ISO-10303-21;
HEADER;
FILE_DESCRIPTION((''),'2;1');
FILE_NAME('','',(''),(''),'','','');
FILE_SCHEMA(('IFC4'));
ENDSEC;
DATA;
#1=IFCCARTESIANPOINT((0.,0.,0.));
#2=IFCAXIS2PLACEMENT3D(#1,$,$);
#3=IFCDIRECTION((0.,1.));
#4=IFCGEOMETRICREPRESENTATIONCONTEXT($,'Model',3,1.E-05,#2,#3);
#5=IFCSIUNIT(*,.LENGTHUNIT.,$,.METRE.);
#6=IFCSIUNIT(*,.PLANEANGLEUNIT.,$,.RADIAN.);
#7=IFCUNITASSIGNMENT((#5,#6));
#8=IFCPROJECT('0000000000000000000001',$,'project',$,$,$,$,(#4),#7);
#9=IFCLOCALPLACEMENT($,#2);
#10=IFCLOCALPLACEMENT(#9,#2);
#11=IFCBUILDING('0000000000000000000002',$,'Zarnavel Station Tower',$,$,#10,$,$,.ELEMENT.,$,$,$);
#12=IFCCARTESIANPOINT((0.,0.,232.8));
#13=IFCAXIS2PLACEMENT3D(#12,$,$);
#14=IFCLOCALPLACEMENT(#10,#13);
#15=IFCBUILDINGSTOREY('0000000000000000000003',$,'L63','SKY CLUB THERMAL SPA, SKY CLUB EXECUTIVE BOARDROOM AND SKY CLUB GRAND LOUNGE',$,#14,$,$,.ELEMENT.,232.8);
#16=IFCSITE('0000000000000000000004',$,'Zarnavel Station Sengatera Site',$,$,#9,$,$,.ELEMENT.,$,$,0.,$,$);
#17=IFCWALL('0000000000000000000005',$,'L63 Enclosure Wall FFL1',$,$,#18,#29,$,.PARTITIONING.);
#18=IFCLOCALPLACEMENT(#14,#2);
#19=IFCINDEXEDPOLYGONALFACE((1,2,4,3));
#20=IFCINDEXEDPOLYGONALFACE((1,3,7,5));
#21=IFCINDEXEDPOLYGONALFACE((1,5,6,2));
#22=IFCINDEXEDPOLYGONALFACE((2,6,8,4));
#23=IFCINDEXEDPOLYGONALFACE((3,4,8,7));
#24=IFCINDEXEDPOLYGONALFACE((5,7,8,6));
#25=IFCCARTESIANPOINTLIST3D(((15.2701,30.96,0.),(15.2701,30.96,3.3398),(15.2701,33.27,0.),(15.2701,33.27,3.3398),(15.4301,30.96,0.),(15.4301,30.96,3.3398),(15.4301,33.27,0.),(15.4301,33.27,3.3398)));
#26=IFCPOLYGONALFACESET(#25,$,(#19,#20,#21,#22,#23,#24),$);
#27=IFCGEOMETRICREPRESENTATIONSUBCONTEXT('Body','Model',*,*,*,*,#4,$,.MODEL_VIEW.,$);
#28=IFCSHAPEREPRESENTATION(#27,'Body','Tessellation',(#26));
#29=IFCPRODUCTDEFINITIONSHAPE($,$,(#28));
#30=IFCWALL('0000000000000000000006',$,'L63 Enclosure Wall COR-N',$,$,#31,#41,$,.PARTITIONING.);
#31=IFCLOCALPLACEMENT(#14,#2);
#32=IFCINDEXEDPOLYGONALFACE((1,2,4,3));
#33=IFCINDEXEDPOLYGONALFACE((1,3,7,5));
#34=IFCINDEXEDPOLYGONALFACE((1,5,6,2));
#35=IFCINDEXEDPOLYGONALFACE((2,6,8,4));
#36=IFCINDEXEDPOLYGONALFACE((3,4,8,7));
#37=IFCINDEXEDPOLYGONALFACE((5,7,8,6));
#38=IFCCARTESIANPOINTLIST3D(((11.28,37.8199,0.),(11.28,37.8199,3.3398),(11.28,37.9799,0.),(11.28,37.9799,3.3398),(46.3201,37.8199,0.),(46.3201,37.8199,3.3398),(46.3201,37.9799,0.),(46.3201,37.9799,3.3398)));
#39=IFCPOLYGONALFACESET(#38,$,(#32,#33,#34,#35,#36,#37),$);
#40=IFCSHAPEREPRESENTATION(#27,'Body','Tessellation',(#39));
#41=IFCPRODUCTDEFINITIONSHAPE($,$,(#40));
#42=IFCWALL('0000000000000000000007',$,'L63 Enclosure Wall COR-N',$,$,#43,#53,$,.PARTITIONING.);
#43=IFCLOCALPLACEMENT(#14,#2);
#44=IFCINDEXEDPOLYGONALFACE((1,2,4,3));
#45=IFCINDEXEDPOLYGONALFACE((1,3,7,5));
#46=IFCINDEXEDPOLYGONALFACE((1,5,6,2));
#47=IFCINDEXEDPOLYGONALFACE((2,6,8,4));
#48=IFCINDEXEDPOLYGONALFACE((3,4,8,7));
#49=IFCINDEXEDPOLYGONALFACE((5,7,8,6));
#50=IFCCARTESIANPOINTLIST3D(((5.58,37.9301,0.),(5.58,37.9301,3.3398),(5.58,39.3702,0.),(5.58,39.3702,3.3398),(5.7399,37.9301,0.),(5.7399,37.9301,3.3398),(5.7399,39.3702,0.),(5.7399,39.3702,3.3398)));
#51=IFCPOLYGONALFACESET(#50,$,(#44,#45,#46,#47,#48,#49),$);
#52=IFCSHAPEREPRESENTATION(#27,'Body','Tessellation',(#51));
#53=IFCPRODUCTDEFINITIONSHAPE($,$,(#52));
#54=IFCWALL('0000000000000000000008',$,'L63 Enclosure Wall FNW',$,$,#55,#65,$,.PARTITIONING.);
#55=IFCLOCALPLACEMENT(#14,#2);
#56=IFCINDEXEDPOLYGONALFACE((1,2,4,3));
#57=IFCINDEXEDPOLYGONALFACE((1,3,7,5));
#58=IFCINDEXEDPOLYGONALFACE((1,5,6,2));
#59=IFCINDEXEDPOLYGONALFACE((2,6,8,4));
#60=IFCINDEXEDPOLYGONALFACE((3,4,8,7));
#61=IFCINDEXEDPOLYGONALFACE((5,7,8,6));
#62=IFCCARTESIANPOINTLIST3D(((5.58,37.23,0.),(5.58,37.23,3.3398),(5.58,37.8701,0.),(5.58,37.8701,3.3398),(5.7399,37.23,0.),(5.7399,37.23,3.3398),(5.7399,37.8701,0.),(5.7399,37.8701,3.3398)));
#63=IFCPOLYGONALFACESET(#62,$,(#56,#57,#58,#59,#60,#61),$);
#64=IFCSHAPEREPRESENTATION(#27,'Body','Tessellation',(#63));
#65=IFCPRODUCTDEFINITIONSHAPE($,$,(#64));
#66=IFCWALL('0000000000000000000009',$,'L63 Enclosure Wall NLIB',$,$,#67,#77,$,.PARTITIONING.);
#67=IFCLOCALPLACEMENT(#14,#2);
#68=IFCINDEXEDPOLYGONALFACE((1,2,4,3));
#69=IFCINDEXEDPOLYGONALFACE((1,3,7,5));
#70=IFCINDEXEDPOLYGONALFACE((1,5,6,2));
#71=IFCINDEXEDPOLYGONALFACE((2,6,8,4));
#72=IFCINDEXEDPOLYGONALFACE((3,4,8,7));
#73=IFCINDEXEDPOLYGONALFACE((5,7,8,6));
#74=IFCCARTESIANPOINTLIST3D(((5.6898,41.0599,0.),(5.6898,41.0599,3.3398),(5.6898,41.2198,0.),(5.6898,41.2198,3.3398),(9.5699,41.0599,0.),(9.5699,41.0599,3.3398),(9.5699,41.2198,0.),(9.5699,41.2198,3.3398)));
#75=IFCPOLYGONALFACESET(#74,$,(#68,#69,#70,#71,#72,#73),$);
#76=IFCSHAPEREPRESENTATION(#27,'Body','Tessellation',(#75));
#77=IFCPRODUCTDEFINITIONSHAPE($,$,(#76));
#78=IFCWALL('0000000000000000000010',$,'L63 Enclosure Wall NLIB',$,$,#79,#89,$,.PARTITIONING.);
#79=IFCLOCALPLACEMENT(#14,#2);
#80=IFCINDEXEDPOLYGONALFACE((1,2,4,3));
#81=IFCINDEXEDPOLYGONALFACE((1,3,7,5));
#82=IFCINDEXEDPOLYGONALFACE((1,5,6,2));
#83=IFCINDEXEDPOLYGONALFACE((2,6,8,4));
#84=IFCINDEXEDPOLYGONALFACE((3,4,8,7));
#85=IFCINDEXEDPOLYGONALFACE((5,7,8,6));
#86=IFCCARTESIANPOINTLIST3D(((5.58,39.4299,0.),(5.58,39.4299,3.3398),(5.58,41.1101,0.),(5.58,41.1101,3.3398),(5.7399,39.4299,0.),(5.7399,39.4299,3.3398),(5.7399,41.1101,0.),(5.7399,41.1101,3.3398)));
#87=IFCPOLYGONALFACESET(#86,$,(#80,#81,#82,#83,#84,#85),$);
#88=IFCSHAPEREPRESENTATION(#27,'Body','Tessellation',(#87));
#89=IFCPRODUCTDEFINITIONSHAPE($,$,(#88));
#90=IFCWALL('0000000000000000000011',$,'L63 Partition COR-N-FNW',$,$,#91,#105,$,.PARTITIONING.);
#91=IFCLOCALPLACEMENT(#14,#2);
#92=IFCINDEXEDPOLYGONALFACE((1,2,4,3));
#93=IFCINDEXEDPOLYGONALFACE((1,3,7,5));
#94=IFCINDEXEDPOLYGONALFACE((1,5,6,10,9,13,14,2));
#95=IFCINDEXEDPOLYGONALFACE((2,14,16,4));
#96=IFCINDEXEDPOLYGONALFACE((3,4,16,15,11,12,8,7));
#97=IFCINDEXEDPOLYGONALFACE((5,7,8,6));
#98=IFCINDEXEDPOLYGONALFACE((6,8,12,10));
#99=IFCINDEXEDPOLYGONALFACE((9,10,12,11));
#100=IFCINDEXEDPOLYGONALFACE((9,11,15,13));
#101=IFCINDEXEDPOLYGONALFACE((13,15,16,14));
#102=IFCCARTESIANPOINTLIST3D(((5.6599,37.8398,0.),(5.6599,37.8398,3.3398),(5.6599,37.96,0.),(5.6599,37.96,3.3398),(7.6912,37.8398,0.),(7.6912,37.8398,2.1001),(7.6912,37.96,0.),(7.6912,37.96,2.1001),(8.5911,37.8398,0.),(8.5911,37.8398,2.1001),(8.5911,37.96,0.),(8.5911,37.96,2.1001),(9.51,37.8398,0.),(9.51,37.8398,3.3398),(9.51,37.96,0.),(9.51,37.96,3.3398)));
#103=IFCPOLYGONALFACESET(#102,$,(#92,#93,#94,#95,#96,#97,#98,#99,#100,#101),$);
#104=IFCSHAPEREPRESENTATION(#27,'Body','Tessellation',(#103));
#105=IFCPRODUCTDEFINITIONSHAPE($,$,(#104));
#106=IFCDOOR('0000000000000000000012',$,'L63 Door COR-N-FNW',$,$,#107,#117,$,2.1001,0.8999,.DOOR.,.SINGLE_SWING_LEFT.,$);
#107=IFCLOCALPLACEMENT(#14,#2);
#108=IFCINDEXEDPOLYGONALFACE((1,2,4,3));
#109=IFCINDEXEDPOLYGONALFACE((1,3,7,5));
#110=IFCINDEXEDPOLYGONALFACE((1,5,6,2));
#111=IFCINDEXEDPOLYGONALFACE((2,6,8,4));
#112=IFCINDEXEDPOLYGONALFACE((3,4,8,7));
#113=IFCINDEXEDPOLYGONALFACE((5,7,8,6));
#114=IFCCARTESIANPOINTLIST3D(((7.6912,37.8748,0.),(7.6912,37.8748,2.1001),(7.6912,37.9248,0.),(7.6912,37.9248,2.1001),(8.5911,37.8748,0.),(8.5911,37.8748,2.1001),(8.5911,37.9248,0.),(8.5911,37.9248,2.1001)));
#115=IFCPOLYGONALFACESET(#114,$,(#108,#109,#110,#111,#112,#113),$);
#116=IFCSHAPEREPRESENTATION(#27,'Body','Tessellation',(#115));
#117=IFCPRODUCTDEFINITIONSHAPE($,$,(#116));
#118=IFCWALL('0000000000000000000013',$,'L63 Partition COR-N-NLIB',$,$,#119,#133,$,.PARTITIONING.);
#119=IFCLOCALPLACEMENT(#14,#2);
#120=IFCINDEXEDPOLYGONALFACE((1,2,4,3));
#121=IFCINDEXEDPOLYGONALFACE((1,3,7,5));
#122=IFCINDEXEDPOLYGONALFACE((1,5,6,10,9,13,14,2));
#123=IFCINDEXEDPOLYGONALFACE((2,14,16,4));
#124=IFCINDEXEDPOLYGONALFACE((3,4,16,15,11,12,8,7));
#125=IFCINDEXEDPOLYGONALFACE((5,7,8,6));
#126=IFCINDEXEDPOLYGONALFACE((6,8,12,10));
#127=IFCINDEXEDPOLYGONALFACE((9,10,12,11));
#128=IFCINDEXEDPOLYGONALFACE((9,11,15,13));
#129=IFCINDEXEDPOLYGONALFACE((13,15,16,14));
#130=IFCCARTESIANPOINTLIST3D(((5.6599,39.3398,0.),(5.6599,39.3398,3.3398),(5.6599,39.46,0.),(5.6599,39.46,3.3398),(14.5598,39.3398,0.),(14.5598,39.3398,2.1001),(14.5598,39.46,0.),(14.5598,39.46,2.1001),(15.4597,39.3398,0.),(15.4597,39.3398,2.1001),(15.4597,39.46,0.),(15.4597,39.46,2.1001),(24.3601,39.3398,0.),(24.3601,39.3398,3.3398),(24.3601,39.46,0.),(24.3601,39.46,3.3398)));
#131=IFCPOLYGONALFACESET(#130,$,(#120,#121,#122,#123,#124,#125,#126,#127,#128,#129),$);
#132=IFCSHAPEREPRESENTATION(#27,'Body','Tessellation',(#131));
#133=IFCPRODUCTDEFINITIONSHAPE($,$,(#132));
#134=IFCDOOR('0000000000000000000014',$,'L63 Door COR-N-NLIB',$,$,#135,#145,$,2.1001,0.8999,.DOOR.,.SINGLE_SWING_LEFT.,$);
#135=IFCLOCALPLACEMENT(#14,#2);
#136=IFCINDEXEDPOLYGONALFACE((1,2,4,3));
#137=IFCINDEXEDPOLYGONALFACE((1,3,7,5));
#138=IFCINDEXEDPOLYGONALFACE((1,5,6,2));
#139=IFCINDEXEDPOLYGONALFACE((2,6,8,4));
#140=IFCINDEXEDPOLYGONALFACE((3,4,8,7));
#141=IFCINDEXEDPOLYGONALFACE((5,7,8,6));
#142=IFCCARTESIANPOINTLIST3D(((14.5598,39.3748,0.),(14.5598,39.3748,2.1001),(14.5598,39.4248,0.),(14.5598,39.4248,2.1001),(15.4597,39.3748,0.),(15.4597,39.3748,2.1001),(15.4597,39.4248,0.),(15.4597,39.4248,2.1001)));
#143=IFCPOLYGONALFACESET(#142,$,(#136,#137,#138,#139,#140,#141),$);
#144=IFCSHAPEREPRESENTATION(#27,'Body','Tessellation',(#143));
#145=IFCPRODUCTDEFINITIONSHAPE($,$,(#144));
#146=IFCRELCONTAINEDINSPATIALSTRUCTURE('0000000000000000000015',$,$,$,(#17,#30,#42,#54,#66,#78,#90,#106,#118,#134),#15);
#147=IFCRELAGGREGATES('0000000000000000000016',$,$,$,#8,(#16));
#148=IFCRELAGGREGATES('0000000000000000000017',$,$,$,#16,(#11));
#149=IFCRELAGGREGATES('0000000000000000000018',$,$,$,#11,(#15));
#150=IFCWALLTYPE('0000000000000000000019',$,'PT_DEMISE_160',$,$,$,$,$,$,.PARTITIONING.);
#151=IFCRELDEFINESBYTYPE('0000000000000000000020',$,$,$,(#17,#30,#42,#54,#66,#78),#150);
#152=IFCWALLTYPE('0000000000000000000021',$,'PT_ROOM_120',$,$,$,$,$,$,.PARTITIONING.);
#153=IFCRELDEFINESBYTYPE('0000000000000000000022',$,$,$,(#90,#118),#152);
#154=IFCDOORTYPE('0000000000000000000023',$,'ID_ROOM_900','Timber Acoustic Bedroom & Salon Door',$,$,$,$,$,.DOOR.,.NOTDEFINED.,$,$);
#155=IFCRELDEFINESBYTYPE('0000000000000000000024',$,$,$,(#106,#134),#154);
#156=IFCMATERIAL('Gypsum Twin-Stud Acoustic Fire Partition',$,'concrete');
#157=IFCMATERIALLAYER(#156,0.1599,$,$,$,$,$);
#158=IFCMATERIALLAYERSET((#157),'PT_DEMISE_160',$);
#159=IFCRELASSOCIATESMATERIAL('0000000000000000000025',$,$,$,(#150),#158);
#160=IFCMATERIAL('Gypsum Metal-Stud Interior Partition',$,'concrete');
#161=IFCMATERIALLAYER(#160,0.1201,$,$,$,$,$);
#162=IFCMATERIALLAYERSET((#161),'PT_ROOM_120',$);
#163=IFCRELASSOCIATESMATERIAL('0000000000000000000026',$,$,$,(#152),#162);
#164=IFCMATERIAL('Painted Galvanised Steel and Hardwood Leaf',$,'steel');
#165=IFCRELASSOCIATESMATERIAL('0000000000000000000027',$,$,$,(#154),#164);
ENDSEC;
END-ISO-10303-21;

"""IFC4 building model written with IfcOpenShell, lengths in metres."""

from ifc_helpers import new_model, si_unit, direction, frame, frame_2d, origin, place, context, subcontext, project, spatial, rectangle, extrude, material, layer, layer_set, type_object, element, fill, save


model = new_model("IFC4")

# Units and contexts
model_context = context("Model", 3, precision=1e-05, world=origin(), true_north=direction((0.0, 1.0)))
body_context = subcontext(model_context, "Body", "Model", "MODEL_VIEW")
ifc_project = project(units=[si_unit("LENGTHUNIT", "METRE"), si_unit("PLANEANGLEUNIT", "RADIAN")], contexts=[model_context])

# Site, building, storey
site_placement = place(None, origin())
site = spatial("IfcSite", under=ifc_project, at=site_placement, Name="Zarnavel Station Sengatera Site", CompositionType="ELEMENT", RefElevation=0.0)
building_placement = place(site_placement, origin())
building = spatial("IfcBuilding", under=site, at=building_placement, Name="Zarnavel Station Tower", CompositionType="ELEMENT")
storey_placement = place(building_placement, frame((0.0, 0.0, 232.8)))
storey = spatial("IfcBuildingStorey", under=building, at=storey_placement, Name="L63", Description="SKY CLUB THERMAL SPA, SKY CLUB EXECUTIVE BOARDROOM AND SKY CLUB GRAND LOUNGE", CompositionType="ELEMENT", Elevation=232.8)

# Walls
ifc_material_1 = material(Name="Gypsum Twin-Stud Acoustic Fire Partition", Category="concrete")
ifc_layer_1 = layer(ifc_material_1, 0.1599)
ifc_layer_set_1 = layer_set([ifc_layer_1], Name="PT_DEMISE_160")
wall_type_1 = type_object("IfcWallType", Name="PT_DEMISE_160", PredefinedType="PARTITIONING", material=ifc_layer_set_1)
wall_1_placement = place(storey_placement, frame((15.3501, 30.96, 0.0), z_axis=(0.0, 0.0, 1.0), x_axis=(0.0, 1.0, 0.0)))
element("IfcWall", 1, at=wall_1_placement, inside=storey, type_object=wall_type_1, Name="L63 Enclosure Wall FFL1", PredefinedType="PARTITIONING", context=body_context, shape_type="SweptSolid", body=[
    extrude(rectangle(XDim=2.3101, YDim=0.1599, at=frame_2d((1.155, 0.0))), origin(), (0.0, 0.0, 1.0), 3.3398),
])
wall_2_placement = place(storey_placement, frame((11.28, 37.8999, 0.0), z_axis=(0.0, 0.0, 1.0), x_axis=(1.0, 0.0, 0.0)))
element("IfcWall", 2, at=wall_2_placement, inside=storey, type_object=wall_type_1, Name="L63 Enclosure Wall COR-N", PredefinedType="PARTITIONING", context=body_context, shape_type="SweptSolid", body=[
    extrude(rectangle(XDim=35.04, YDim=0.1599, at=frame_2d((17.52, 0.0))), origin(), (0.0, 0.0, 1.0), 3.3398),
])
wall_3_placement = place(storey_placement, frame((5.6599, 37.9299, 0.0), z_axis=(0.0, 0.0, 1.0), x_axis=(0.0, 1.0, 0.0)))
element("IfcWall", 3, at=wall_3_placement, inside=storey, type_object=wall_type_1, Name="L63 Enclosure Wall COR-N", PredefinedType="PARTITIONING", context=body_context, shape_type="SweptSolid", body=[
    extrude(rectangle(XDim=1.4402, YDim=0.1599, at=frame_2d((0.7202, 0.0))), origin(), (0.0, 0.0, 1.0), 3.3398),
])
wall_4_placement = place(storey_placement, frame((5.6599, 37.23, 0.0), z_axis=(0.0, 0.0, 1.0), x_axis=(0.0, 1.0, 0.0)))
element("IfcWall", 4, at=wall_4_placement, inside=storey, type_object=wall_type_1, Name="L63 Enclosure Wall FNW", PredefinedType="PARTITIONING", context=body_context, shape_type="SweptSolid", body=[
    extrude(rectangle(XDim=0.6401, YDim=0.1599, at=frame_2d((0.3201, 0.0))), origin(), (0.0, 0.0, 1.0), 3.3398),
])
wall_5_placement = place(storey_placement, frame((5.6899, 41.1399, 0.0), z_axis=(0.0, 0.0, 1.0), x_axis=(1.0, 0.0, 0.0)))
element("IfcWall", 5, at=wall_5_placement, inside=storey, type_object=wall_type_1, Name="L63 Enclosure Wall NLIB", PredefinedType="PARTITIONING", context=body_context, shape_type="SweptSolid", body=[
    extrude(rectangle(XDim=3.8801, YDim=0.1599, at=frame_2d((1.9399, 0.0))), origin(), (0.0, 0.0, 1.0), 3.3398),
])
wall_6_placement = place(storey_placement, frame((5.6599, 39.4299, 0.0), z_axis=(0.0, 0.0, 1.0), x_axis=(0.0, 1.0, 0.0)))
element("IfcWall", 6, at=wall_6_placement, inside=storey, type_object=wall_type_1, Name="L63 Enclosure Wall NLIB", PredefinedType="PARTITIONING", context=body_context, shape_type="SweptSolid", body=[
    extrude(rectangle(XDim=1.6802, YDim=0.1599, at=frame_2d((0.8401, 0.0))), origin(), (0.0, 0.0, 1.0), 3.3398),
])

# Walls, openings, doors
ifc_material_2 = material(Name="Gypsum Metal-Stud Interior Partition", Category="concrete")
ifc_layer_2 = layer(ifc_material_2, 0.1201)
ifc_layer_set_2 = layer_set([ifc_layer_2], Name="PT_ROOM_120")
wall_type_2 = type_object("IfcWallType", Name="PT_ROOM_120", PredefinedType="PARTITIONING", material=ifc_layer_set_2)
wall_7_placement = place(storey_placement, frame((5.6599, 37.8999, 0.0), z_axis=(0.0, 0.0, 1.0), x_axis=(1.0, 0.0, 0.0)))
wall_7 = element("IfcWall", 7, at=wall_7_placement, inside=storey, type_object=wall_type_2, Name="L63 Partition COR-N-FNW", PredefinedType="PARTITIONING", context=body_context, shape_type="SweptSolid", body=[
    extrude(rectangle(XDim=3.8501, YDim=0.1201, at=frame_2d((1.925, 0.0))), origin(), (0.0, 0.0, 1.0), 3.3398),
])
opening_1_placement = place(wall_7_placement, frame((2.0312, 0.0, 0.0)))
opening_1 = element("IfcOpeningElement", 8, at=opening_1_placement, cuts=wall_7, PredefinedType="OPENING", context=body_context, shape_type="SweptSolid", body=[
    extrude(rectangle(XDim=0.8999, YDim=2.1001, at=frame_2d((0.45, 1.05))), frame((0.0, 0.0701, 0.0), z_axis=(0.0, -1.0, 0.0), x_axis=(1.0, 0.0, 0.0)), (0.0, 0.0, 1.0), 0.1401),
])
ifc_material_3 = material(Name="Painted Galvanised Steel and Hardwood Leaf", Category="steel")
door_type = type_object("IfcDoorType", Name="ID_ROOM_900", Description="Timber Acoustic Bedroom & Salon Door", OperationType="NOTDEFINED", PredefinedType="DOOR", material=ifc_material_3)
door_1_placement = place(opening_1_placement, origin())
door_1 = element("IfcDoor", 9, at=door_1_placement, inside=storey, type_object=door_type, Name="L63 Door COR-N-FNW", OperationType="SINGLE_SWING_LEFT", OverallHeight=2.1001, OverallWidth=0.8999, PredefinedType="DOOR", context=body_context, shape_type="SweptSolid", body=[
    extrude(rectangle(XDim=0.8999, YDim=2.1001, at=frame_2d((0.45, 1.05))), frame((0.0, 0.0249, 0.0), z_axis=(0.0, -1.0, 0.0), x_axis=(1.0, 0.0, 0.0)), (0.0, 0.0, 1.0), 0.05),
])
fill(opening_1, door_1)
wall_8_placement = place(storey_placement, frame((5.6599, 39.3999, 0.0), z_axis=(0.0, 0.0, 1.0), x_axis=(1.0, 0.0, 0.0)))
wall_8 = element("IfcWall", 10, at=wall_8_placement, inside=storey, type_object=wall_type_2, Name="L63 Partition COR-N-NLIB", PredefinedType="PARTITIONING", context=body_context, shape_type="SweptSolid", body=[
    extrude(rectangle(XDim=18.7002, YDim=0.1201, at=frame_2d((9.3501, 0.0))), origin(), (0.0, 0.0, 1.0), 3.3398),
])
opening_2_placement = place(wall_8_placement, frame((8.8999, 0.0, 0.0)))
opening_2 = element("IfcOpeningElement", 11, at=opening_2_placement, cuts=wall_8, PredefinedType="OPENING", context=body_context, shape_type="SweptSolid", body=[
    extrude(rectangle(XDim=0.8999, YDim=2.1001, at=frame_2d((0.45, 1.05))), frame((0.0, 0.0701, 0.0), z_axis=(0.0, -1.0, 0.0), x_axis=(1.0, 0.0, 0.0)), (0.0, 0.0, 1.0), 0.1401),
])
door_2_placement = place(opening_2_placement, origin())
door_2 = element("IfcDoor", 12, at=door_2_placement, inside=storey, type_object=door_type, Name="L63 Door COR-N-NLIB", OperationType="SINGLE_SWING_LEFT", OverallHeight=2.1001, OverallWidth=0.8999, PredefinedType="DOOR", context=body_context, shape_type="SweptSolid", body=[
    extrude(rectangle(XDim=0.8999, YDim=2.1001, at=frame_2d((0.45, 1.05))), frame((0.0, 0.0249, 0.0), z_axis=(0.0, -1.0, 0.0), x_axis=(1.0, 0.0, 0.0)), (0.0, 0.0, 1.0), 0.05),
])
fill(opening_2, door_2)

save(model, "model.ifc")
